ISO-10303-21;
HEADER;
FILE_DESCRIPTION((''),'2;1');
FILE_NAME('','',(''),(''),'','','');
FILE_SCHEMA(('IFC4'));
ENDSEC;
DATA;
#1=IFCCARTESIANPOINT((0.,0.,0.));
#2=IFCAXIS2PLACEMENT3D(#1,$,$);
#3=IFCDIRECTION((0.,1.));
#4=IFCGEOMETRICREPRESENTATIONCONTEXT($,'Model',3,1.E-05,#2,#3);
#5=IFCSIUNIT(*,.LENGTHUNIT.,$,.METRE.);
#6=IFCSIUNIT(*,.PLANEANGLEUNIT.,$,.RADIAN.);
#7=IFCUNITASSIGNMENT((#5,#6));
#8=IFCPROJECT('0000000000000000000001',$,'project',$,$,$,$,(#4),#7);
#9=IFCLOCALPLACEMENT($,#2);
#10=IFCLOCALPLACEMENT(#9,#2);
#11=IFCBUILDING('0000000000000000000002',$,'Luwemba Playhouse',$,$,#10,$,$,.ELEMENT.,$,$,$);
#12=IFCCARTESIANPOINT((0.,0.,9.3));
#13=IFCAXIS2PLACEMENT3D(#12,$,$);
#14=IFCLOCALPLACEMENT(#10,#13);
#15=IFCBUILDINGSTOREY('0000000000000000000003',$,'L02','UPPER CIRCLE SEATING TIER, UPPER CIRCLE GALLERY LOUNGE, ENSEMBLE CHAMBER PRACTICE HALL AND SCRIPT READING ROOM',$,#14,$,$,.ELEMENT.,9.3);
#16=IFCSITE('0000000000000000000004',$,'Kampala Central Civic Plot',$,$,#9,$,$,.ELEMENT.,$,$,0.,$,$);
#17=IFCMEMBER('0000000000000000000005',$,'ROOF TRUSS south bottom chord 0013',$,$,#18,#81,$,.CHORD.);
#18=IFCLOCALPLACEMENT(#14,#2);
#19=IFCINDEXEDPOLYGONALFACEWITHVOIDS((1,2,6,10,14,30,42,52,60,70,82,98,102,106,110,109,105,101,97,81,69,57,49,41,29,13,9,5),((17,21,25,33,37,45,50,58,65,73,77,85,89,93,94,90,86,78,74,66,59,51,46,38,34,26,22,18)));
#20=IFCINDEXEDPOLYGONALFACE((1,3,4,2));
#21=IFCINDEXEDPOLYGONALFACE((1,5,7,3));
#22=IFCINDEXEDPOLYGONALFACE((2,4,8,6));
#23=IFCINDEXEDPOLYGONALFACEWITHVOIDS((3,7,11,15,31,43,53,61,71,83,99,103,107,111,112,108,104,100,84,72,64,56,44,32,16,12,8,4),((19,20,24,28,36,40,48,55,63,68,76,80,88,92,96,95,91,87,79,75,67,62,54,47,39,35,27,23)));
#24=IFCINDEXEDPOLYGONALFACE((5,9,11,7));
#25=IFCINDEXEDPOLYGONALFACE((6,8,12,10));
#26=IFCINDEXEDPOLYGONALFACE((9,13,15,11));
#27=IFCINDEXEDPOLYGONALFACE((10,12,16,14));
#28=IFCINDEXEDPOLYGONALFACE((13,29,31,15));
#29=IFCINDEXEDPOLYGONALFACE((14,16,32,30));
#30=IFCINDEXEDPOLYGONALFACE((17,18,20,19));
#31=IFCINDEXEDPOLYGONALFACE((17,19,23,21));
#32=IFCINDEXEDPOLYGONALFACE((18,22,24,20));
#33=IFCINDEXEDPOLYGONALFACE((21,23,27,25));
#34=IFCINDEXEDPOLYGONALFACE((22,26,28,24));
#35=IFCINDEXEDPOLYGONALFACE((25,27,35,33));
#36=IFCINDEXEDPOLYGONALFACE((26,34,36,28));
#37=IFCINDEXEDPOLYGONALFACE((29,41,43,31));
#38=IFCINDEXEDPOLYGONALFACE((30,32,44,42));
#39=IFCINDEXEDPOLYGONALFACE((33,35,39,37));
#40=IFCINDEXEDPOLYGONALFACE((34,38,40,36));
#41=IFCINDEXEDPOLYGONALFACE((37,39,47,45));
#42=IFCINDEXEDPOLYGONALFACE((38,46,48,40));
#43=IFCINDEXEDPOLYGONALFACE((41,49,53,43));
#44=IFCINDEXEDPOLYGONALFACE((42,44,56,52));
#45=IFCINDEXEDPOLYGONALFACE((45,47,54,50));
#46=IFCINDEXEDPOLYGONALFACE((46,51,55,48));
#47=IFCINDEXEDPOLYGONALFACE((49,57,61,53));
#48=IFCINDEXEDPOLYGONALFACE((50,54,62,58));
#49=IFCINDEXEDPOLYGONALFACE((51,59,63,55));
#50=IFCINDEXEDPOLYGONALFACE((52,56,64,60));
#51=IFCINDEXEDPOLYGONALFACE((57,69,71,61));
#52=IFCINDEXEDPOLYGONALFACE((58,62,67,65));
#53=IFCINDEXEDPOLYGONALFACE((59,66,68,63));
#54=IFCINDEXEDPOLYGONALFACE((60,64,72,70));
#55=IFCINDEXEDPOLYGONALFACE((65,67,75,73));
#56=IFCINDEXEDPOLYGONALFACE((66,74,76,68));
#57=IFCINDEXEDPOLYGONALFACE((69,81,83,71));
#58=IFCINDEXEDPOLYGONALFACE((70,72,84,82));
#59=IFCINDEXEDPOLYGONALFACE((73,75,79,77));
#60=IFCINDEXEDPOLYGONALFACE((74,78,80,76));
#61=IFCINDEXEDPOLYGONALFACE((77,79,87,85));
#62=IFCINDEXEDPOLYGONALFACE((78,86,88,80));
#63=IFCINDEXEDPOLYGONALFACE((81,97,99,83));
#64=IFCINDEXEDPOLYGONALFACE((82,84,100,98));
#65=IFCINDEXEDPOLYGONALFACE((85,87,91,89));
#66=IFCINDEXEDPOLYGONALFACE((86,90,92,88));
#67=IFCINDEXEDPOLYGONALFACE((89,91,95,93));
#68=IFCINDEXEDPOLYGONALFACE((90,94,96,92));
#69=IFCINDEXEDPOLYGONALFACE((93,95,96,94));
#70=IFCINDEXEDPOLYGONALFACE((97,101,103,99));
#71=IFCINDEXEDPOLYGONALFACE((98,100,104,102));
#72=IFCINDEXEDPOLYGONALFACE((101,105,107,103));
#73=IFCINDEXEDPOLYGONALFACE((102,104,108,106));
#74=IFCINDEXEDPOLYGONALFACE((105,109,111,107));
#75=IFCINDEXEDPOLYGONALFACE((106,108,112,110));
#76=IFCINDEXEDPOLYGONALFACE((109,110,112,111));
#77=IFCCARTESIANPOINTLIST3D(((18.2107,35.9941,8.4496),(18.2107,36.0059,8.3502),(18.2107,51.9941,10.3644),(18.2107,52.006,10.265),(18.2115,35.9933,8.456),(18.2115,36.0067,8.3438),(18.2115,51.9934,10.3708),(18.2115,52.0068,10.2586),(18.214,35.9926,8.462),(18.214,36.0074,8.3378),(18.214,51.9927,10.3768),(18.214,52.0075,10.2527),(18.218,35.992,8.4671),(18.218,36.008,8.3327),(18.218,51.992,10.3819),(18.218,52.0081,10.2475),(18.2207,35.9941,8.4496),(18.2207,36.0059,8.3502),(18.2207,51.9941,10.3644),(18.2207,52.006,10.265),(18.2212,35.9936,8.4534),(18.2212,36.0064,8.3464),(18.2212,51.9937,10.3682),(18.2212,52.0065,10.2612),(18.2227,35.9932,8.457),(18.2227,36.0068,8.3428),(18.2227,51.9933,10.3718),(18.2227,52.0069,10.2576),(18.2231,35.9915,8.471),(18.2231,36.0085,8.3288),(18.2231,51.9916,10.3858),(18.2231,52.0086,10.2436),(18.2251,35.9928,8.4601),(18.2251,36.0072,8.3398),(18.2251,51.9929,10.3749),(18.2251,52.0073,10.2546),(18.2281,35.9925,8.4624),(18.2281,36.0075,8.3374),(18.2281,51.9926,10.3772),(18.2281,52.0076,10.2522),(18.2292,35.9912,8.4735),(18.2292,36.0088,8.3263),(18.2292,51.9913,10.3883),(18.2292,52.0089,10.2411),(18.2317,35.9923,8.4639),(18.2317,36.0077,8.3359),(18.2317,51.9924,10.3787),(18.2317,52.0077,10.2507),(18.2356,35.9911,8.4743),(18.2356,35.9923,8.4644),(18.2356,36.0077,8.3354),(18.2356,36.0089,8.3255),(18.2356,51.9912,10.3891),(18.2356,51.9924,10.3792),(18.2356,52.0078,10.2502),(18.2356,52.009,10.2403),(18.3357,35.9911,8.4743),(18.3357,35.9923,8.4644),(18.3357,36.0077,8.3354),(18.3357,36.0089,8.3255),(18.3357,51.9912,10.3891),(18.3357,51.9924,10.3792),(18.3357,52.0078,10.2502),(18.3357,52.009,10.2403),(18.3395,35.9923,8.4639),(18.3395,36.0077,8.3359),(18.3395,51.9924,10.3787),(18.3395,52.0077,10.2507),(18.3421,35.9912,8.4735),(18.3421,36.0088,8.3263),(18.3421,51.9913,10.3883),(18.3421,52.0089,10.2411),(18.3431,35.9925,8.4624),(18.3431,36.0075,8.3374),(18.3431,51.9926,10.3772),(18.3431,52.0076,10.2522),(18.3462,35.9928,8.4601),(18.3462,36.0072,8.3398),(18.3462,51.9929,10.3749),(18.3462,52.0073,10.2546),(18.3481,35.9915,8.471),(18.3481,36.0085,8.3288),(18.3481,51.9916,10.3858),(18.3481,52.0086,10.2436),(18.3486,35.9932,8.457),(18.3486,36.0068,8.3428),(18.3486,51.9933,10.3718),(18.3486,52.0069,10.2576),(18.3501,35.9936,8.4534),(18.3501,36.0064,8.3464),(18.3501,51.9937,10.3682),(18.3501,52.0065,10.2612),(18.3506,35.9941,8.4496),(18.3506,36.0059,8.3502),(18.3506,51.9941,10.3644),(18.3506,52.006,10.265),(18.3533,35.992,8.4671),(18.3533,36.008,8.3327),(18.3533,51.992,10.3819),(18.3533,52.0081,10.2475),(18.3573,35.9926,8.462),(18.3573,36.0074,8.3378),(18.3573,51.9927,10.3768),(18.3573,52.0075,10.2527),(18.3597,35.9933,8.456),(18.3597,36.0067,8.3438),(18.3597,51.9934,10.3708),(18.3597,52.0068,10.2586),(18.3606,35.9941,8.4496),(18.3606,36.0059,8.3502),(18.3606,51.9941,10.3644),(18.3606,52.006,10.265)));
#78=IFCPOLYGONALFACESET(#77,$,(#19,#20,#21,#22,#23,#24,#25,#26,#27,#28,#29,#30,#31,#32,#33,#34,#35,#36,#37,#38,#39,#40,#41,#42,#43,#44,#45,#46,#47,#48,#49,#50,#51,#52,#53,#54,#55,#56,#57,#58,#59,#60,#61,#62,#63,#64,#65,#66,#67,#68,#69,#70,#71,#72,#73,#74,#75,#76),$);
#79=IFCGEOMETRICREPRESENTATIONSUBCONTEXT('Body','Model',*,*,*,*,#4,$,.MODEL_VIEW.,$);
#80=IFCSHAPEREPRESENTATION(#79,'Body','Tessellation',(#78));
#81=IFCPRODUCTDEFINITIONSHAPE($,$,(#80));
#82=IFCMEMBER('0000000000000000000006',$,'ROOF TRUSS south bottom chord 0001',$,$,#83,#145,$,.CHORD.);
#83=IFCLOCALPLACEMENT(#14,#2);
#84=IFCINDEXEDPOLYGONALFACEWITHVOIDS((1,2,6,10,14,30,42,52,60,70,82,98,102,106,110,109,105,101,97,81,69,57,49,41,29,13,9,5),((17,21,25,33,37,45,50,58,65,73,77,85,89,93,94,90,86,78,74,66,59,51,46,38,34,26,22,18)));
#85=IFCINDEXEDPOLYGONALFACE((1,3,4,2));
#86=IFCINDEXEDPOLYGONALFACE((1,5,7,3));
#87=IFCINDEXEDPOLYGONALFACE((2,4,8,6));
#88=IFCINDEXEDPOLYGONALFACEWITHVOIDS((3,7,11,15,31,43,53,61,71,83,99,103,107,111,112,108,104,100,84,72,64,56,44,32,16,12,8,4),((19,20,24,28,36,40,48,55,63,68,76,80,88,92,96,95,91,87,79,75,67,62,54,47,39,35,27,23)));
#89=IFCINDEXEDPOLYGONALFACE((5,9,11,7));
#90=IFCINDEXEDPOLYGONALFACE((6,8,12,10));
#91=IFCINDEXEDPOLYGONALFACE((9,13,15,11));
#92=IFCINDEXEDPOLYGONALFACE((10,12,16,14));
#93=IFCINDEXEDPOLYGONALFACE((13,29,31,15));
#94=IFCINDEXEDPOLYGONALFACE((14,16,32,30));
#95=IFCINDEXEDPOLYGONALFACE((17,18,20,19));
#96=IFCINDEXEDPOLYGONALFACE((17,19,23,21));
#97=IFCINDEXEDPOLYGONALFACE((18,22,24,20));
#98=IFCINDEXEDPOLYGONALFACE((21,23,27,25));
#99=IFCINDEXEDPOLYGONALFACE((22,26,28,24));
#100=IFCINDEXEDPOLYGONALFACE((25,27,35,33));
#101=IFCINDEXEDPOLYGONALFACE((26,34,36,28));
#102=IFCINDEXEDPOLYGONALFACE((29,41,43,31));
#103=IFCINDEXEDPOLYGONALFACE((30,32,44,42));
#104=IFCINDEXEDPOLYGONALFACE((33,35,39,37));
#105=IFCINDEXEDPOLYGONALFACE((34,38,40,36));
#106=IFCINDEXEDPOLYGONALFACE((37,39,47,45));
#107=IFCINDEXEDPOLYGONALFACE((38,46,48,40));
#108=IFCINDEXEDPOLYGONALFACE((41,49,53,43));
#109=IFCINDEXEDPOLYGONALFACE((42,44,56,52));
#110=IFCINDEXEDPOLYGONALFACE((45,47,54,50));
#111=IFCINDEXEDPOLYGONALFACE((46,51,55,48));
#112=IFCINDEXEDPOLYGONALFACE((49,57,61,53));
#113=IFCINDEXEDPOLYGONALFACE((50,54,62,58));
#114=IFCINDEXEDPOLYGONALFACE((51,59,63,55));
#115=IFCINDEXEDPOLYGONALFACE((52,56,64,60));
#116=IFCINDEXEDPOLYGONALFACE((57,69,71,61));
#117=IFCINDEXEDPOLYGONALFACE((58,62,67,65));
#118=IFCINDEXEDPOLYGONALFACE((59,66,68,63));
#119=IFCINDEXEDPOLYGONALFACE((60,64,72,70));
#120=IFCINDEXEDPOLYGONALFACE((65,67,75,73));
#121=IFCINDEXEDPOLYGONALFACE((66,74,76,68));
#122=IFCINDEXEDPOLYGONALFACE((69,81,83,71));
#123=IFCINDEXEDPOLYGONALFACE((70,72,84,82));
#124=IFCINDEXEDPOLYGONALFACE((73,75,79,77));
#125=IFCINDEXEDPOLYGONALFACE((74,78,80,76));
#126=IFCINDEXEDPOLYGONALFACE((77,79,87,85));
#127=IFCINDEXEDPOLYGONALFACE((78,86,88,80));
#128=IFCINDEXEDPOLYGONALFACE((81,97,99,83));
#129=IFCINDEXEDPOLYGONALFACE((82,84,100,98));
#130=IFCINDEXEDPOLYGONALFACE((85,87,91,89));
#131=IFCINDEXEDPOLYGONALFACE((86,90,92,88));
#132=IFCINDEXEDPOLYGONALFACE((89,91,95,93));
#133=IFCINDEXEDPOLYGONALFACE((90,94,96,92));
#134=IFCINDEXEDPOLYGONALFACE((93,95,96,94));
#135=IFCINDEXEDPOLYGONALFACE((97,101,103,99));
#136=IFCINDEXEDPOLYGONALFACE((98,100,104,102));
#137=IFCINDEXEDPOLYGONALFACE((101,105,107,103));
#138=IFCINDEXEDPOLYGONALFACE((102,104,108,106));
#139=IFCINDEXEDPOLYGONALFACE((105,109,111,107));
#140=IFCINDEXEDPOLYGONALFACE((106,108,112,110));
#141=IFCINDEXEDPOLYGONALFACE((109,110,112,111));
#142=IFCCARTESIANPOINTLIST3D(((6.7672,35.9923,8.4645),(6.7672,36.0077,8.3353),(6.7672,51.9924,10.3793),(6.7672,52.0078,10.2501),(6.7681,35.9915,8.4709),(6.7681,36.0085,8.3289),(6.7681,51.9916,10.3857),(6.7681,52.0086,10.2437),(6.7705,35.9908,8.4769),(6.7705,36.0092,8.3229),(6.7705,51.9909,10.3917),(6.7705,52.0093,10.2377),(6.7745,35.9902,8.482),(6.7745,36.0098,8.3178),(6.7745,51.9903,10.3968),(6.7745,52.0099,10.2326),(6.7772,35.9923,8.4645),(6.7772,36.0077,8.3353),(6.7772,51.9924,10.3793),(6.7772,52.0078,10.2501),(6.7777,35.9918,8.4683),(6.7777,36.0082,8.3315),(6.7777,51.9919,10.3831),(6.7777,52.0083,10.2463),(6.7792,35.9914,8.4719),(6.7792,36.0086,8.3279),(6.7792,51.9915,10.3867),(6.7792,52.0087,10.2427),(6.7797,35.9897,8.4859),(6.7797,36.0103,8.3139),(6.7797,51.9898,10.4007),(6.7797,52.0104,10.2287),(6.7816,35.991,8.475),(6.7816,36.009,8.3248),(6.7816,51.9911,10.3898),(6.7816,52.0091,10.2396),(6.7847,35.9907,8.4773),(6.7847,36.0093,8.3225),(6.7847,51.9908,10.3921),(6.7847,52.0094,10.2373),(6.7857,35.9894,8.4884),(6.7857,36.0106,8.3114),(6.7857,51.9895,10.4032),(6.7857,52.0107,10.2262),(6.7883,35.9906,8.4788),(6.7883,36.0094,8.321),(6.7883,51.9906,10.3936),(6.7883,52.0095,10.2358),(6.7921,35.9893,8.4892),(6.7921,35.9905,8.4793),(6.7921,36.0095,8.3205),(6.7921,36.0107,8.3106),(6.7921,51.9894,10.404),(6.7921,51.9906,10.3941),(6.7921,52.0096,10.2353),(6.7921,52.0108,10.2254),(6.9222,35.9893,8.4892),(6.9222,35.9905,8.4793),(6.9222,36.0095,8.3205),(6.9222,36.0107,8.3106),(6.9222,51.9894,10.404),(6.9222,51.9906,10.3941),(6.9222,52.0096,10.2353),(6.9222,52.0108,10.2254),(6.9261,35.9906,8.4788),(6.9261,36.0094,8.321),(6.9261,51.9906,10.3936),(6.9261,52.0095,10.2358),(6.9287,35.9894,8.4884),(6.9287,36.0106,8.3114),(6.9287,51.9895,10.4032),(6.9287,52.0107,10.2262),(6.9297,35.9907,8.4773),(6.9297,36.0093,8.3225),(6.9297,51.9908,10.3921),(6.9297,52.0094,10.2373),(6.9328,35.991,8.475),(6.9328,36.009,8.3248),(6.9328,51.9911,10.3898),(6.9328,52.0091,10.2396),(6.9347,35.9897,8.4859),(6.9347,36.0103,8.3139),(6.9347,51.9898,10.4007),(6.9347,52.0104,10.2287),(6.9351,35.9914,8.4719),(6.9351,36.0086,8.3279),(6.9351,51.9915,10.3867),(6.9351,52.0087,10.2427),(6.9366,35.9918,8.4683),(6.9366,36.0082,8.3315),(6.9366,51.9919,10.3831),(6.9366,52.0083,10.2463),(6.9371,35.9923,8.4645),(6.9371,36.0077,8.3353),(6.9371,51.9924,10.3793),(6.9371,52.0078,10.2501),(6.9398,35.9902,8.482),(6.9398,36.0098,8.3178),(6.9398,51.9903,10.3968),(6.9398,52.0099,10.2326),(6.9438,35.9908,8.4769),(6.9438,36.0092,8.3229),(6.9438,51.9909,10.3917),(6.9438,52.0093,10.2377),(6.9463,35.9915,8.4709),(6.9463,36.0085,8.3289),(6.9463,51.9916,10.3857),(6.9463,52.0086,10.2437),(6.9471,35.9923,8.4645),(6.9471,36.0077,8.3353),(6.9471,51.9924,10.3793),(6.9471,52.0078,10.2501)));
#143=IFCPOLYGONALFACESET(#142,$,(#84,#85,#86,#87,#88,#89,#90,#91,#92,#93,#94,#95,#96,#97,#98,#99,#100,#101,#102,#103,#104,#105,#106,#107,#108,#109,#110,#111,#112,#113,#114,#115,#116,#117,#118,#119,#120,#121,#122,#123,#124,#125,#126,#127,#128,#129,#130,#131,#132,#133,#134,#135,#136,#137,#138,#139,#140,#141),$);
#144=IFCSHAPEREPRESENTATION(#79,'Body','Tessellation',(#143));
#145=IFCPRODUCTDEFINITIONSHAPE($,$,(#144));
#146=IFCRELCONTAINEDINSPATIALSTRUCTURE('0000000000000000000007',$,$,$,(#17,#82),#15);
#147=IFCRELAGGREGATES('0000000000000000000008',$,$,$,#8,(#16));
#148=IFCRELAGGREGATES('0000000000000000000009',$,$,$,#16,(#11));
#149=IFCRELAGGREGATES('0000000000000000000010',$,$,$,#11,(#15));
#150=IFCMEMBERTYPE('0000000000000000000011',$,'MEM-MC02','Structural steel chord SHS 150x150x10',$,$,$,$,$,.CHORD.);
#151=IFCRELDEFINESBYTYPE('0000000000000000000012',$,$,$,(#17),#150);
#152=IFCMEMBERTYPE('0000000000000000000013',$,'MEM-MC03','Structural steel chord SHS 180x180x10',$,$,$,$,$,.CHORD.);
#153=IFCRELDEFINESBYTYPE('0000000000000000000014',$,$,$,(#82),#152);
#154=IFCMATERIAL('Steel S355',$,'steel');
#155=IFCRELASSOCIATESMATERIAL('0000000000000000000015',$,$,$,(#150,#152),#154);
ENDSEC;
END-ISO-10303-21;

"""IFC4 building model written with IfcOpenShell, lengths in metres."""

from ifc_helpers import new_model, si_unit, direction, frame, origin, origin_2d, place, context, subcontext, project, spatial, hollow_rectangle, extrude, material, material_profile, profile_set, type_object, element, save


model = new_model("IFC4")

# Units and contexts
model_context = context("Model", 3, precision=1e-05, world=origin(), true_north=direction((0.0, 1.0)))
body_context = subcontext(model_context, "Body", "Model", "MODEL_VIEW")
ifc_project = project(units=[si_unit("LENGTHUNIT", "METRE"), si_unit("PLANEANGLEUNIT", "RADIAN")], contexts=[model_context])

# Site, building, storey
site_placement = place(None, origin())
site = spatial("IfcSite", under=ifc_project, at=site_placement, Name="Kampala Central Civic Plot", CompositionType="ELEMENT", RefElevation=0.0)
building_placement = place(site_placement, origin())
building = spatial("IfcBuilding", under=site, at=building_placement, Name="Luwemba Playhouse", CompositionType="ELEMENT")
storey_placement = place(building_placement, frame((0.0, 0.0, 9.3)))
storey = spatial("IfcBuildingStorey", under=building, at=storey_placement, Name="L02", Description="UPPER CIRCLE SEATING TIER, UPPER CIRCLE GALLERY LOUNGE, ENSEMBLE CHAMBER PRACTICE HALL AND SCRIPT READING ROOM", CompositionType="ELEMENT", Elevation=9.3)

# Shared definitions
ifc_material_1 = material(Name="Steel S355", Category="steel")

# Members
ifc_material_profile_1 = material_profile(ifc_material_1, hollow_rectangle(XDim=0.1499, YDim=0.1499, WallThickness=0.01, InnerFilletRadius=0.0149, OuterFilletRadius=0.0249, at=origin_2d()))
ifc_profile_set_1 = profile_set([ifc_material_profile_1], Name="Steel S355")
member_type_1 = type_object("IfcMemberType", Name="MEM-MC02", Description="Structural steel chord SHS 150x150x10", PredefinedType="CHORD", material=ifc_profile_set_1)
member_1_placement = place(storey_placement, frame((18.2856, 36.0, 8.3999), z_axis=(0.0, 0.992915, 0.118827), x_axis=(-1.0, 0.0, 0.0)))
element("IfcMember", 1, at=member_1_placement, inside=storey, type_object=member_type_1, Name="ROOF TRUSS south bottom chord 0013", PredefinedType="CHORD", context=body_context, shape_type="SweptSolid", body=[
    extrude(hollow_rectangle(XDim=0.1499, YDim=0.1499, WallThickness=0.01, InnerFilletRadius=0.0149, OuterFilletRadius=0.0249, at=origin_2d()), origin(), (0.0, 0.0, 1.0), 16.1143),
])
ifc_material_profile_2 = material_profile(ifc_material_1, hollow_rectangle(XDim=0.1799, YDim=0.1799, WallThickness=0.01, InnerFilletRadius=0.0149, OuterFilletRadius=0.0249, at=origin_2d()))
ifc_profile_set_2 = profile_set([ifc_material_profile_2], Name="Steel S355")
member_type_2 = type_object("IfcMemberType", Name="MEM-MC03", Description="Structural steel chord SHS 180x180x10", PredefinedType="CHORD", material=ifc_profile_set_2)
member_2_placement = place(storey_placement, frame((6.8572, 36.0, 8.3999), z_axis=(0.0, 0.992915, 0.118827), x_axis=(-1.0, 0.0, 0.0)))
element("IfcMember", 2, at=member_2_placement, inside=storey, type_object=member_type_2, Name="ROOF TRUSS south bottom chord 0001", PredefinedType="CHORD", context=body_context, shape_type="SweptSolid", body=[
    extrude(hollow_rectangle(XDim=0.1799, YDim=0.1799, WallThickness=0.01, InnerFilletRadius=0.0149, OuterFilletRadius=0.0249, at=origin_2d()), origin(), (0.0, 0.0, 1.0), 16.1143),
])

save(model, "model.ifc")
